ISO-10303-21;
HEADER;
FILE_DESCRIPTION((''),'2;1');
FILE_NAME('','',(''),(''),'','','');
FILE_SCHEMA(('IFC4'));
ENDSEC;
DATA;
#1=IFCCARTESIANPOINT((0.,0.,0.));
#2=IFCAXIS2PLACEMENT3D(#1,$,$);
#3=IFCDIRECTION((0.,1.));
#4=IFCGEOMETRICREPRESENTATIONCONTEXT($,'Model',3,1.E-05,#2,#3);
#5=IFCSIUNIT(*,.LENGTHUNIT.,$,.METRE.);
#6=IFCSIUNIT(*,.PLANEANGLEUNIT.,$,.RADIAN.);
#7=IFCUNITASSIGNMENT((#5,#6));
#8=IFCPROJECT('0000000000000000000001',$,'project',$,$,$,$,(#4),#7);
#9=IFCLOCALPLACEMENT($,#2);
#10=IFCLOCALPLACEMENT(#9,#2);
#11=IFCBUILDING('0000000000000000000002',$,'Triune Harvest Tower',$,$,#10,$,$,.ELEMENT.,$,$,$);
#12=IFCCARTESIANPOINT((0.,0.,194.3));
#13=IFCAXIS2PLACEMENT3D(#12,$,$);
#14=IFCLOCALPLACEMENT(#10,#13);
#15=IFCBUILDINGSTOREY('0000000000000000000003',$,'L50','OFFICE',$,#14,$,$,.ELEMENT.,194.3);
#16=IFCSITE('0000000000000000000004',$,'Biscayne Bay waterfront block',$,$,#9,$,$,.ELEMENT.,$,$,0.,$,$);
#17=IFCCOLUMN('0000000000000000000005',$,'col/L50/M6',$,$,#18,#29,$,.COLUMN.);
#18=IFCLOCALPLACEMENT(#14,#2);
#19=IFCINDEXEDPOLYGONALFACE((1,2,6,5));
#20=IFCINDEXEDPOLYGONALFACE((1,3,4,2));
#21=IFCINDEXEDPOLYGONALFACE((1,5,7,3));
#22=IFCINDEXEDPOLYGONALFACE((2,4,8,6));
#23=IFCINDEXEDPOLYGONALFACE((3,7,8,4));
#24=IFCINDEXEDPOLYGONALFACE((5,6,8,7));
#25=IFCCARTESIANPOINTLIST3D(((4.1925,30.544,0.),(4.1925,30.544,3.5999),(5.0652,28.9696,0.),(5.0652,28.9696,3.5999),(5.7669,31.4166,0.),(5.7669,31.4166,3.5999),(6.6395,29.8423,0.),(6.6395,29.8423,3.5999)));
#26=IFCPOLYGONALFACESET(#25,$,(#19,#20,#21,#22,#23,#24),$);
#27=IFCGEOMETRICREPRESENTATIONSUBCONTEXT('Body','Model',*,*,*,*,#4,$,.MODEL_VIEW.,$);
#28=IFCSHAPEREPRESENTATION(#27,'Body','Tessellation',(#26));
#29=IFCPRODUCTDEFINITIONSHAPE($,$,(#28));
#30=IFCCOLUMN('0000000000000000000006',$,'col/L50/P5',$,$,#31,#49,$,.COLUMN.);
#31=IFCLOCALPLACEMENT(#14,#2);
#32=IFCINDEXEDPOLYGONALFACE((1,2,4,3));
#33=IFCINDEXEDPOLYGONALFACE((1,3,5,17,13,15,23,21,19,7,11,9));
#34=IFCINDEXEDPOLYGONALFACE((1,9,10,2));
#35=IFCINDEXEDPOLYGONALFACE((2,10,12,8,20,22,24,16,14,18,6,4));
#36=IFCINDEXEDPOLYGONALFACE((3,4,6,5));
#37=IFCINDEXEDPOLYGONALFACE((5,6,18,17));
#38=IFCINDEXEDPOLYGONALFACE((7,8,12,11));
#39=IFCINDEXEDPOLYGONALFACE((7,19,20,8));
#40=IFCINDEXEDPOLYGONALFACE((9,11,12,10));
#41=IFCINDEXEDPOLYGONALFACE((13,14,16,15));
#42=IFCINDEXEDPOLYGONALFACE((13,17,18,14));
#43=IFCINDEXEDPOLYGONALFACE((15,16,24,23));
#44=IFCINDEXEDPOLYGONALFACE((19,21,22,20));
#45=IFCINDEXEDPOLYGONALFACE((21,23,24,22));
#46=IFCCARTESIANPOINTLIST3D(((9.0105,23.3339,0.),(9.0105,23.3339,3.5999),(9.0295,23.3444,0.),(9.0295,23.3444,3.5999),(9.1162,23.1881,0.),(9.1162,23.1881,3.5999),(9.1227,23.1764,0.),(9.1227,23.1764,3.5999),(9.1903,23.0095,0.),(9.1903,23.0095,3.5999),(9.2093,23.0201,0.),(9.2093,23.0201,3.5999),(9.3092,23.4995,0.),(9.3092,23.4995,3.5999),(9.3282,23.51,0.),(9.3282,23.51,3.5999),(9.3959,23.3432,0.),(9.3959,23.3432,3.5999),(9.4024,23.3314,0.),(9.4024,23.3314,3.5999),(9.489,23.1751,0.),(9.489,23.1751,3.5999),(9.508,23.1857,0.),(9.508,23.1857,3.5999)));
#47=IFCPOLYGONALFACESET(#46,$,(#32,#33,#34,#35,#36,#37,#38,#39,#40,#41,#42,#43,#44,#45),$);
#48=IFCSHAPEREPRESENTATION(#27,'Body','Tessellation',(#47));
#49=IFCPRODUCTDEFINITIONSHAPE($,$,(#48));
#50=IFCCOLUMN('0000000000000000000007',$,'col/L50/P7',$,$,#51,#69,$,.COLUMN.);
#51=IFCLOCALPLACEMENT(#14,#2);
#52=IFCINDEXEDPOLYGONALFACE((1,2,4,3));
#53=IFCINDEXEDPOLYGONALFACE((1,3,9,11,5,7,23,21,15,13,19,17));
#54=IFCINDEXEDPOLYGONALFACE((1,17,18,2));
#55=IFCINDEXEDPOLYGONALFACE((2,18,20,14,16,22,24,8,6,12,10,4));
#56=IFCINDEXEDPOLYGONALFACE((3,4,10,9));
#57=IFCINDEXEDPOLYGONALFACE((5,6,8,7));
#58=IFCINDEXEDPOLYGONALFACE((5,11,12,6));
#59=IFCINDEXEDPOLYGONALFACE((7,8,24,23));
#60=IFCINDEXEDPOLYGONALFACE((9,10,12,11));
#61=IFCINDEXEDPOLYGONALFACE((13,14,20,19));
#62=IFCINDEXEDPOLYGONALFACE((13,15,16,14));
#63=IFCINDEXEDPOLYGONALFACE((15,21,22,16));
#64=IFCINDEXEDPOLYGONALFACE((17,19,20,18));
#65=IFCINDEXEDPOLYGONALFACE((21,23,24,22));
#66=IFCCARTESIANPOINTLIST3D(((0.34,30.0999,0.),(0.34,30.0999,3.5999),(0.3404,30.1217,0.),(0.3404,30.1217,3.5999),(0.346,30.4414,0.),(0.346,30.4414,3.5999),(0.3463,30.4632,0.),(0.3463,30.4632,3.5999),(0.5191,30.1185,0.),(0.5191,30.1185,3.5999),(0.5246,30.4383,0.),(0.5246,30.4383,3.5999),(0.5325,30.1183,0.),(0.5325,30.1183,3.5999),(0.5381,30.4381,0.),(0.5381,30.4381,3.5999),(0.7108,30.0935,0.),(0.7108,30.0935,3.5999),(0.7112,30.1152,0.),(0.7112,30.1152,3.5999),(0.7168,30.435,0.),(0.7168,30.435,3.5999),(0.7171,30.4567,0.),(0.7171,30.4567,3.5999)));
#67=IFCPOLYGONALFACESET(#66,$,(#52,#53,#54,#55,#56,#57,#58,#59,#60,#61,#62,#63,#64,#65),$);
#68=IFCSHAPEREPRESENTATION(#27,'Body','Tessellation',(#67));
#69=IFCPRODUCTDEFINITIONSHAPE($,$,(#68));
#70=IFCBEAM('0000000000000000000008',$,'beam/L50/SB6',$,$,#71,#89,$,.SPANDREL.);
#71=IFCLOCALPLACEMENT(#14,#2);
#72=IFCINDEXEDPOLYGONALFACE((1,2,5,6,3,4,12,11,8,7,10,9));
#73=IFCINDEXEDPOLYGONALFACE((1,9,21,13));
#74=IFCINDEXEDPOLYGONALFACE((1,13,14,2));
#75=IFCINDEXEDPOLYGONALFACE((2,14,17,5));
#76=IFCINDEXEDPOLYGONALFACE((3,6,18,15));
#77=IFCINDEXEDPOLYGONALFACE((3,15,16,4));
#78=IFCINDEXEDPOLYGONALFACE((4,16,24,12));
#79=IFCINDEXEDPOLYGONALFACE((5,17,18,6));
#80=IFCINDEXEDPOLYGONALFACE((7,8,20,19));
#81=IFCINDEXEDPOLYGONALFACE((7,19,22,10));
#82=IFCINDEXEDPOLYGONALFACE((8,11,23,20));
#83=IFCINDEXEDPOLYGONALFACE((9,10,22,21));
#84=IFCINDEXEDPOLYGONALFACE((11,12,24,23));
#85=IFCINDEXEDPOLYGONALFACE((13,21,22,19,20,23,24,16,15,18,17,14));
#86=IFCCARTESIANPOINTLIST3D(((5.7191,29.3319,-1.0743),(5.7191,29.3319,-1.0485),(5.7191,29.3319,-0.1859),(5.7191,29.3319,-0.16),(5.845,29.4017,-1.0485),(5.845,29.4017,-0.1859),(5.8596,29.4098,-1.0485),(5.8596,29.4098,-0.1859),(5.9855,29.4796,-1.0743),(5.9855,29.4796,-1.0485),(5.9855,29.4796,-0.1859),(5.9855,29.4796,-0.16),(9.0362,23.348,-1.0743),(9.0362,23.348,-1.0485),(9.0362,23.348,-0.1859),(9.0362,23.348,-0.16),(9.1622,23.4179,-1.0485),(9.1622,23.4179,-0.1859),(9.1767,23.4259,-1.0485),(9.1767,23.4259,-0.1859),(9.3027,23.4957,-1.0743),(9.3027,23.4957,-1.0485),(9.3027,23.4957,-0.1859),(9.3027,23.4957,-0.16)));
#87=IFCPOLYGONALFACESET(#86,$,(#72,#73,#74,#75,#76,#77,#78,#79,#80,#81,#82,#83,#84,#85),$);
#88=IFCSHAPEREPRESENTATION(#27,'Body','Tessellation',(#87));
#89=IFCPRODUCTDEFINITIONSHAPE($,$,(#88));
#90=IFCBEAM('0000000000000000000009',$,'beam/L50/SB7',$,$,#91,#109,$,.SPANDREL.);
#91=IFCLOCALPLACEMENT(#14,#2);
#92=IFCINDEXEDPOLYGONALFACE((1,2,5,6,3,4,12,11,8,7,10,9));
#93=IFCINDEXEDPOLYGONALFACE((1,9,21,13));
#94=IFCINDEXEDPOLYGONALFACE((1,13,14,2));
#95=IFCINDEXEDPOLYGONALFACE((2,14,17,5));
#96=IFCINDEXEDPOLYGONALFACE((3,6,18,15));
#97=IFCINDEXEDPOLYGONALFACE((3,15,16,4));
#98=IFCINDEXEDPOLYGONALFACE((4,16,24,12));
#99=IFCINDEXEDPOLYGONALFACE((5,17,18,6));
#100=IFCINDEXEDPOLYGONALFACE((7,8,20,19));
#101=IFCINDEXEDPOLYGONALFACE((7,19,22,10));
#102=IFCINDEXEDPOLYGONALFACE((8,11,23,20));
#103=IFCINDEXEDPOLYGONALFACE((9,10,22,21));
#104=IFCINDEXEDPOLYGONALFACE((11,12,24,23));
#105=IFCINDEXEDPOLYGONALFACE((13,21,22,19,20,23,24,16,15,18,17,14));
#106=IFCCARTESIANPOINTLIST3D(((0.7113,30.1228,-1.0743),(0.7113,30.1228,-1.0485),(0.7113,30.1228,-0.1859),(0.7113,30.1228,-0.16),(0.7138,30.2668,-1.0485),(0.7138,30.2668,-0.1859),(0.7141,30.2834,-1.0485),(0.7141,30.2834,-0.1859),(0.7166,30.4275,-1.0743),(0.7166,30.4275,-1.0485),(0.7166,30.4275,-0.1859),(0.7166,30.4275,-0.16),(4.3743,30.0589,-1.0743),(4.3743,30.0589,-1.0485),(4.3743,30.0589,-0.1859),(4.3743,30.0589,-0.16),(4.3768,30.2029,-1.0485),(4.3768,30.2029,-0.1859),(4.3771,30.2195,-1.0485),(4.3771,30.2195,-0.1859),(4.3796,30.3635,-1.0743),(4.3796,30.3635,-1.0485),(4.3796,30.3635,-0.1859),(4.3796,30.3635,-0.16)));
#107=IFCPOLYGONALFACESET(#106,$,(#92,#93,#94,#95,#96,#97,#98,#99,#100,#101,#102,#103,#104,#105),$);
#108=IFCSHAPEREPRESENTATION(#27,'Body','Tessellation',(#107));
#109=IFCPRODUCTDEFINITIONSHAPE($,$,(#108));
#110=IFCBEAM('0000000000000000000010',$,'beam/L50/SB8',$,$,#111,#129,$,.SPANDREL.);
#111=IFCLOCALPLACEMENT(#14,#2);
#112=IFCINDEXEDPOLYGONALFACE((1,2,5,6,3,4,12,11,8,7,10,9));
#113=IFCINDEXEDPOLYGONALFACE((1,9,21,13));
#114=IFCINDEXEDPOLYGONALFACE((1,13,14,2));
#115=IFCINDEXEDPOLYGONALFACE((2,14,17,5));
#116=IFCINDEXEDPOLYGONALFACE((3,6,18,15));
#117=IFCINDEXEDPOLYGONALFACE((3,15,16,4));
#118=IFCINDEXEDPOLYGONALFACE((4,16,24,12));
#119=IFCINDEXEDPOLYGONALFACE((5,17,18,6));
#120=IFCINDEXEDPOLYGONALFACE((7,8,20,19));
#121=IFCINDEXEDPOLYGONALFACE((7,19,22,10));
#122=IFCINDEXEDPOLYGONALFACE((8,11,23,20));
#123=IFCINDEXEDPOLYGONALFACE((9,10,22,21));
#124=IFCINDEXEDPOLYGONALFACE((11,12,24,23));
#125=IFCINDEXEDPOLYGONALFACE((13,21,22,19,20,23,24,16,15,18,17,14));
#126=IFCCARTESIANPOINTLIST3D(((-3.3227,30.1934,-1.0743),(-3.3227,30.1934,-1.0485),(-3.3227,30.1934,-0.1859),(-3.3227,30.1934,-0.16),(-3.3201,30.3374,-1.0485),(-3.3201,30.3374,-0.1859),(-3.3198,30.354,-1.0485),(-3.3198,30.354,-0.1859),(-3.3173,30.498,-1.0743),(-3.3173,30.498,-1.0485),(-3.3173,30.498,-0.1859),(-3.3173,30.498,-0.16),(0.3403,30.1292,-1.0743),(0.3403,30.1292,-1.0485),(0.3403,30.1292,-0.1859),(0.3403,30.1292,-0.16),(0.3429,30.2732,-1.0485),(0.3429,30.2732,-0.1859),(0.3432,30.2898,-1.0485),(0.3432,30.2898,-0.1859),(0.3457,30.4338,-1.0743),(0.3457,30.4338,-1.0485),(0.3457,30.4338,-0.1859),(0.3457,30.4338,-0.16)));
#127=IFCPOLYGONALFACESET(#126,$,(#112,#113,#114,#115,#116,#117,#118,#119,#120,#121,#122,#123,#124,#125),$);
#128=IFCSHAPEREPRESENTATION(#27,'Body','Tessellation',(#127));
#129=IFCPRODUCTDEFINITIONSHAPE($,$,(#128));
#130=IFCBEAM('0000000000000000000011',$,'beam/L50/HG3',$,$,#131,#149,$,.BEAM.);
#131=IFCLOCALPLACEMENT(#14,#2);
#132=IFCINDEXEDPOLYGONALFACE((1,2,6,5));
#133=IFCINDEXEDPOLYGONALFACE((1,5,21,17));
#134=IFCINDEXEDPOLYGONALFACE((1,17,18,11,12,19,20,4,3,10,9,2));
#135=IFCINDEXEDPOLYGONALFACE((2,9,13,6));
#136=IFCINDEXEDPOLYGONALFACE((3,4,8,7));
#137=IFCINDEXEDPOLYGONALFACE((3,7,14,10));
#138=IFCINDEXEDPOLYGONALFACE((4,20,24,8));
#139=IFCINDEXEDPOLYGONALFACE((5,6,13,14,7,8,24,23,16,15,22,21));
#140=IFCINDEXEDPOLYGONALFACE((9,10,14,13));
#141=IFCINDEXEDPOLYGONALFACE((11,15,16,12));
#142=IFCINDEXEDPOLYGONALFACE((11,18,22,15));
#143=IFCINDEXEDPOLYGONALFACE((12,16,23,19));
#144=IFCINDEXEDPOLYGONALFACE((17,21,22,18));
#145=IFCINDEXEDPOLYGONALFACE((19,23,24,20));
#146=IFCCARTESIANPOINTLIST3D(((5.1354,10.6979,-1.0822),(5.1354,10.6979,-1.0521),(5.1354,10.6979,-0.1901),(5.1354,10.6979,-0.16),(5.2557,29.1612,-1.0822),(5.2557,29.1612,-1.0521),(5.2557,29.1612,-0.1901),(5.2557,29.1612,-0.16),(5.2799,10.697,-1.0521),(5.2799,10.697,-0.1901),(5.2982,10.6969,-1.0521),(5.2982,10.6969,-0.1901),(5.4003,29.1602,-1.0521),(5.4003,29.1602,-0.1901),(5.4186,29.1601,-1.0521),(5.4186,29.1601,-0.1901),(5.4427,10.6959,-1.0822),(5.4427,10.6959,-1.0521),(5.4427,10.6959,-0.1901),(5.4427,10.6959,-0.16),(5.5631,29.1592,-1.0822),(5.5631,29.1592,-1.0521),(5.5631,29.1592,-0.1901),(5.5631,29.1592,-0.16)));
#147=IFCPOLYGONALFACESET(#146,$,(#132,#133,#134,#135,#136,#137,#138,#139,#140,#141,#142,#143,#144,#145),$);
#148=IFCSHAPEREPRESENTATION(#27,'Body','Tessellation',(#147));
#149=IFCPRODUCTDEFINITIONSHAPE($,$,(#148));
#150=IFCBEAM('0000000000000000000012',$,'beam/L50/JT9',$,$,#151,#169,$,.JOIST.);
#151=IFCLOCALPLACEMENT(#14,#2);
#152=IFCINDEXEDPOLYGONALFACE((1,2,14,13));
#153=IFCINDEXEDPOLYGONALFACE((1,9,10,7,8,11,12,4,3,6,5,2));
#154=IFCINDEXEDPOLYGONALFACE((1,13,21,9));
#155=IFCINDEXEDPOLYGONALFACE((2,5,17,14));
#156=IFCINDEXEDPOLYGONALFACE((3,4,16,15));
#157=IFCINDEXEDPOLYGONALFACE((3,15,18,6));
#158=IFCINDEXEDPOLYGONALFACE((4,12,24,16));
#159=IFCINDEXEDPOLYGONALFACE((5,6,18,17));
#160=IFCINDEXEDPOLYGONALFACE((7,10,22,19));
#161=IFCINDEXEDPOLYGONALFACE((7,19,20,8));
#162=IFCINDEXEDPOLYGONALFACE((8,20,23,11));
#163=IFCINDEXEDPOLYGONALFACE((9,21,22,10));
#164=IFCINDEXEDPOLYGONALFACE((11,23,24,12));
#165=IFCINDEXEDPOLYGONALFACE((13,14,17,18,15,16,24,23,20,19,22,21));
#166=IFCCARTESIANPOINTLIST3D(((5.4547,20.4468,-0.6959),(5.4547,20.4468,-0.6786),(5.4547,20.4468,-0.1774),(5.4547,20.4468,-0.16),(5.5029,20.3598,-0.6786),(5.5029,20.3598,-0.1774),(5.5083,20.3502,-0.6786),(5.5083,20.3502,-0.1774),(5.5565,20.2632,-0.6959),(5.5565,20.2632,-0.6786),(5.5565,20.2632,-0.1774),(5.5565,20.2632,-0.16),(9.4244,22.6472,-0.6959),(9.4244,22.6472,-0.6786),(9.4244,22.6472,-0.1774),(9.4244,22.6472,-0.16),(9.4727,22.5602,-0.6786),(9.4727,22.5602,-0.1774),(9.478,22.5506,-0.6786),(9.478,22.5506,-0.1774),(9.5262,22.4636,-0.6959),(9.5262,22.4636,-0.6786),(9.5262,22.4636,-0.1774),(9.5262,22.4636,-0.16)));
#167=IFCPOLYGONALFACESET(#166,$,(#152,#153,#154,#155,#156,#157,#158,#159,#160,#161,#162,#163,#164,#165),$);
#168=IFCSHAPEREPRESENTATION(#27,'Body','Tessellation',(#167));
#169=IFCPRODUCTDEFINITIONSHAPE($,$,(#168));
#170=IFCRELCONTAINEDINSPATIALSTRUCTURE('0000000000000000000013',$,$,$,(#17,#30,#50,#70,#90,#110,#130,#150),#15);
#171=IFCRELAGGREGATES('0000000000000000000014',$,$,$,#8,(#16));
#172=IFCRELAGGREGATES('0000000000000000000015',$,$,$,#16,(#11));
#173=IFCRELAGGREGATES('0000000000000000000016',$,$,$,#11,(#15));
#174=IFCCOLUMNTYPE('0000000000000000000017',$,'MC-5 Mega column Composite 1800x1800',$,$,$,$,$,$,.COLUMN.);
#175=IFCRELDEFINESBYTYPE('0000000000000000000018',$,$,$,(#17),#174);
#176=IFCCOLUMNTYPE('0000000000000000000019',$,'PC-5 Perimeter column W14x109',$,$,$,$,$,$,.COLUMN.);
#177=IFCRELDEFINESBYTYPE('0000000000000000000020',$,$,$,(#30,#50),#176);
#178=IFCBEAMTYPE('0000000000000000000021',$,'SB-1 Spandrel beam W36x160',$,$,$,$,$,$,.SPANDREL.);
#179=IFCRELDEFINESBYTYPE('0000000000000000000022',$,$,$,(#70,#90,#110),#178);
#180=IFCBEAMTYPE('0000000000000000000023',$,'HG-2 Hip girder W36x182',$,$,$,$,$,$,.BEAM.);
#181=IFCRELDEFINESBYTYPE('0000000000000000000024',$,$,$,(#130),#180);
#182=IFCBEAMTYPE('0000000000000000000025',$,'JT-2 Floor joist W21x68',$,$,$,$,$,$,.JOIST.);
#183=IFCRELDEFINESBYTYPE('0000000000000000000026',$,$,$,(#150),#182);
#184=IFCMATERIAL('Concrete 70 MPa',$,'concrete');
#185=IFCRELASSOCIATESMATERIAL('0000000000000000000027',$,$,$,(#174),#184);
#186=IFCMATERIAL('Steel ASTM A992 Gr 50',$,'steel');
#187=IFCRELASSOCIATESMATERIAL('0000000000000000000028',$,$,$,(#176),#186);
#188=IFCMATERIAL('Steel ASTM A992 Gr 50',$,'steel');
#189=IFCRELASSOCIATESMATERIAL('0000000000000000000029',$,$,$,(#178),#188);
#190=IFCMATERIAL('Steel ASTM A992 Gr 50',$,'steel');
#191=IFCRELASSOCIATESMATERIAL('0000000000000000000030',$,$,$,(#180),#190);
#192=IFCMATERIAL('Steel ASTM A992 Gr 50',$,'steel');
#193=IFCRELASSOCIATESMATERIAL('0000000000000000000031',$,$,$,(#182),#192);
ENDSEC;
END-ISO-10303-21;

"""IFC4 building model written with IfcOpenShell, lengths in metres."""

from ifc_helpers import new_model, si_unit, direction, frame, origin, origin_2d, place, context, subcontext, project, spatial, rectangle, i_section, extrude, source, transform, mapped, material, material_profile, profile_set, type_object, element, save


model = new_model("IFC4")

# Units and contexts
model_context = context("Model", 3, precision=1e-05, world=origin(), true_north=direction((0.0, 1.0)))
body_context = subcontext(model_context, "Body", "Model", "MODEL_VIEW")
ifc_project = project(units=[si_unit("LENGTHUNIT", "METRE"), si_unit("PLANEANGLEUNIT", "RADIAN")], contexts=[model_context])

# Site, building, storey
site_placement = place(None, origin())
site = spatial("IfcSite", under=ifc_project, at=site_placement, Name="Biscayne Bay waterfront block", CompositionType="ELEMENT", RefElevation=0.0)
building_placement = place(site_placement, origin())
building = spatial("IfcBuilding", under=site, at=building_placement, Name="Triune Harvest Tower", CompositionType="ELEMENT")
storey_placement = place(building_placement, frame((0.0, 0.0, 194.3)))
storey = spatial("IfcBuildingStorey", under=building, at=storey_placement, Name="L50", Description="OFFICE", CompositionType="ELEMENT", Elevation=194.3)

# Columns
ifc_material_1 = material(Name="Concrete 70 MPa", Category="concrete")
ifc_material_profile_1 = material_profile(ifc_material_1, rectangle(XDim=1.8, YDim=1.8, at=origin_2d()), Name="Composite 1800x1800")
ifc_profile_set_1 = profile_set([ifc_material_profile_1], Name="Concrete 70 MPa")
column_type_1 = type_object("IfcColumnType", Name="MC-5 Mega column Composite 1800x1800", PredefinedType="COLUMN", material=ifc_profile_set_1)
shared_shape_1 = source(origin(), body_context, "Body", "SweptSolid", [
    extrude(rectangle(XDim=1.8, YDim=1.8, at=origin_2d()), origin(), (0.0, 0.0, 1.0), 3.5999),
])
column_placement = place(storey_placement, frame((5.416, 30.1931, 0.0), z_axis=(0.0, 0.0, 1.0), x_axis=(-0.48481, 0.87462, 0.0)))
element("IfcColumn", 1, at=column_placement, inside=storey, type_object=column_type_1, Name="col/L50/M6", PredefinedType="COLUMN", context=body_context, shape_type="MappedRepresentation", body=[
    mapped(shared_shape_1, transform((0.0, 0.0, 0.0), scale=1.0)),
])
ifc_material_2 = material(Name="Steel ASTM A992 Gr 50", Category="steel")
ifc_material_profile_2 = material_profile(ifc_material_2, i_section(OverallWidth=0.3708, OverallDepth=0.3633, WebThickness=0.0134, FlangeThickness=0.0217, at=origin_2d()), Name="W14x109")
ifc_profile_set_2 = profile_set([ifc_material_profile_2], Name="Steel ASTM A992 Gr 50")
column_type_2 = type_object("IfcColumnType", Name="PC-5 Perimeter column W14x109", PredefinedType="COLUMN", material=ifc_profile_set_2)
shared_shape_2 = source(origin(), body_context, "Body", "SweptSolid", [
    extrude(i_section(OverallWidth=0.3708, OverallDepth=0.3633, WebThickness=0.0134, FlangeThickness=0.0217, at=origin_2d()), origin(), (0.0, 0.0, 1.0), 3.5999),
])
for number, where, z_axis, x_axis, name in (
    (2, (9.2593, 23.2598, 0.0), (0.0, 0.0, 1.0), (-0.48481, 0.87462, 0.0), "col/L50/P5"),
    (3, (0.5286, 30.2783, 0.0), (0.0, 0.0, 1.0), (-0.999848, 0.017451, 0.0), "col/L50/P7"),
):
    element("IfcColumn", number, at=place(storey_placement, frame(where, z_axis=z_axis, x_axis=x_axis)), inside=storey, type_object=column_type_2, Name=name, PredefinedType="COLUMN", context=body_context, shape_type="MappedRepresentation", body=[
        mapped(shared_shape_2, transform((0.0, 0.0, 0.0), scale=1.0)),
    ])

# Beams
ifc_material_3 = material(Name="Steel ASTM A992 Gr 50", Category="steel")
ifc_material_profile_3 = material_profile(ifc_material_3, i_section(OverallWidth=0.3047, OverallDepth=0.9143, WebThickness=0.0166, FlangeThickness=0.0259, at=origin_2d()), Name="W36x160")
ifc_profile_set_3 = profile_set([ifc_material_profile_3], Name="Steel ASTM A992 Gr 50")
beam_type_1 = type_object("IfcBeamType", Name="SB-1 Spandrel beam W36x160", PredefinedType="SPANDREL", material=ifc_profile_set_3)
shared_shape_3 = source(origin(), body_context, "Body", "SweptSolid", [
    extrude(i_section(OverallWidth=0.3047, OverallDepth=0.9143, WebThickness=0.0166, FlangeThickness=0.0259, at=origin_2d()), origin(), (0.0, 0.0, 1.0), 6.8418),
])
beam_1_placement = place(storey_placement, frame((9.1694, 23.4219, -0.6172), z_axis=(-0.484834, 0.874606, 0.0), x_axis=(-0.874606, -0.484834, 0.0)))
element("IfcBeam", 4, at=beam_1_placement, inside=storey, type_object=beam_type_1, Name="beam/L50/SB6", PredefinedType="SPANDREL", context=body_context, shape_type="MappedRepresentation", body=[
    mapped(shared_shape_3, transform((0.0, 0.0, 0.0), scale=1.0)),
])
shared_shape_4 = source(origin(), body_context, "Body", "SweptSolid", [
    extrude(i_section(OverallWidth=0.3047, OverallDepth=0.9143, WebThickness=0.0166, FlangeThickness=0.0259, at=origin_2d()), origin(), (0.0, 0.0, 1.0), 3.6636),
])
for number, where, z_axis, x_axis, name in (
    (5, (4.377, 30.2112, -0.6172), (-0.999848, 0.017459, 0.0), (-0.017459, -0.999848, 0.0), "beam/L50/SB7"),
    (6, (0.343, 30.2815, -0.6172), (-0.999846, 0.017526, 0.0), (-0.017526, -0.999846, 0.0), "beam/L50/SB8"),
):
    element("IfcBeam", number, at=place(storey_placement, frame(where, z_axis=z_axis, x_axis=x_axis)), inside=storey, type_object=beam_type_1, Name=name, PredefinedType="SPANDREL", context=body_context, shape_type="MappedRepresentation", body=[
        mapped(shared_shape_4, transform((0.0, 0.0, 0.0), scale=1.0)),
    ])
ifc_material_4 = material(Name="Steel ASTM A992 Gr 50", Category="steel")
ifc_material_profile_4 = material_profile(ifc_material_4, i_section(OverallWidth=0.3074, OverallDepth=0.9221, WebThickness=0.0183, FlangeThickness=0.03, at=origin_2d()), Name="W36x182")
ifc_profile_set_4 = profile_set([ifc_material_profile_4], Name="Steel ASTM A992 Gr 50")
beam_type_2 = type_object("IfcBeamType", Name="HG-2 Hip girder W36x182", PredefinedType="BEAM", material=ifc_profile_set_4)
shared_shape_5 = source(origin(), body_context, "Body", "SweptSolid", [
    extrude(i_section(OverallWidth=0.3074, OverallDepth=0.9221, WebThickness=0.0183, FlangeThickness=0.03, at=origin_2d()), origin(), (0.0, 0.0, 1.0), 18.4636),
])
beam_2_placement = place(storey_placement, frame((5.4094, 29.1602, -0.6211), z_axis=(-0.006519, -0.999979, 0.0), x_axis=(0.999979, -0.006519, 0.0)))
element("IfcBeam", 7, at=beam_2_placement, inside=storey, type_object=beam_type_2, Name="beam/L50/HG3", PredefinedType="BEAM", context=body_context, shape_type="MappedRepresentation", body=[
    mapped(shared_shape_5, transform((0.0, 0.0, 0.0), scale=1.0)),
])
ifc_material_5 = material(Name="Steel ASTM A992 Gr 50", Category="steel")
ifc_material_profile_5 = material_profile(ifc_material_5, i_section(OverallWidth=0.21, OverallDepth=0.5359, WebThickness=0.011, FlangeThickness=0.0173, at=origin_2d()), Name="W21x68")
ifc_profile_set_5 = profile_set([ifc_material_profile_5], Name="Steel ASTM A992 Gr 50")
beam_type_3 = type_object("IfcBeamType", Name="JT-2 Floor joist W21x68", PredefinedType="JOIST", material=ifc_profile_set_5)
shared_shape_6 = source(origin(), body_context, "Body", "SweptSolid", [
    extrude(i_section(OverallWidth=0.21, OverallDepth=0.5359, WebThickness=0.011, FlangeThickness=0.0173, at=origin_2d()), origin(), (0.0, 0.0, 1.0), 4.5388),
])
beam_3_placement = place(storey_placement, frame((9.4753, 22.5554, -0.428), z_axis=(-0.874621, -0.484807, 0.0), x_axis=(0.484807, -0.874621, 0.0)))
element("IfcBeam", 8, at=beam_3_placement, inside=storey, type_object=beam_type_3, Name="beam/L50/JT9", PredefinedType="JOIST", context=body_context, shape_type="MappedRepresentation", body=[
    mapped(shared_shape_6, transform((0.0, 0.0, 0.0), scale=1.0)),
])

save(model, "model.ifc")
